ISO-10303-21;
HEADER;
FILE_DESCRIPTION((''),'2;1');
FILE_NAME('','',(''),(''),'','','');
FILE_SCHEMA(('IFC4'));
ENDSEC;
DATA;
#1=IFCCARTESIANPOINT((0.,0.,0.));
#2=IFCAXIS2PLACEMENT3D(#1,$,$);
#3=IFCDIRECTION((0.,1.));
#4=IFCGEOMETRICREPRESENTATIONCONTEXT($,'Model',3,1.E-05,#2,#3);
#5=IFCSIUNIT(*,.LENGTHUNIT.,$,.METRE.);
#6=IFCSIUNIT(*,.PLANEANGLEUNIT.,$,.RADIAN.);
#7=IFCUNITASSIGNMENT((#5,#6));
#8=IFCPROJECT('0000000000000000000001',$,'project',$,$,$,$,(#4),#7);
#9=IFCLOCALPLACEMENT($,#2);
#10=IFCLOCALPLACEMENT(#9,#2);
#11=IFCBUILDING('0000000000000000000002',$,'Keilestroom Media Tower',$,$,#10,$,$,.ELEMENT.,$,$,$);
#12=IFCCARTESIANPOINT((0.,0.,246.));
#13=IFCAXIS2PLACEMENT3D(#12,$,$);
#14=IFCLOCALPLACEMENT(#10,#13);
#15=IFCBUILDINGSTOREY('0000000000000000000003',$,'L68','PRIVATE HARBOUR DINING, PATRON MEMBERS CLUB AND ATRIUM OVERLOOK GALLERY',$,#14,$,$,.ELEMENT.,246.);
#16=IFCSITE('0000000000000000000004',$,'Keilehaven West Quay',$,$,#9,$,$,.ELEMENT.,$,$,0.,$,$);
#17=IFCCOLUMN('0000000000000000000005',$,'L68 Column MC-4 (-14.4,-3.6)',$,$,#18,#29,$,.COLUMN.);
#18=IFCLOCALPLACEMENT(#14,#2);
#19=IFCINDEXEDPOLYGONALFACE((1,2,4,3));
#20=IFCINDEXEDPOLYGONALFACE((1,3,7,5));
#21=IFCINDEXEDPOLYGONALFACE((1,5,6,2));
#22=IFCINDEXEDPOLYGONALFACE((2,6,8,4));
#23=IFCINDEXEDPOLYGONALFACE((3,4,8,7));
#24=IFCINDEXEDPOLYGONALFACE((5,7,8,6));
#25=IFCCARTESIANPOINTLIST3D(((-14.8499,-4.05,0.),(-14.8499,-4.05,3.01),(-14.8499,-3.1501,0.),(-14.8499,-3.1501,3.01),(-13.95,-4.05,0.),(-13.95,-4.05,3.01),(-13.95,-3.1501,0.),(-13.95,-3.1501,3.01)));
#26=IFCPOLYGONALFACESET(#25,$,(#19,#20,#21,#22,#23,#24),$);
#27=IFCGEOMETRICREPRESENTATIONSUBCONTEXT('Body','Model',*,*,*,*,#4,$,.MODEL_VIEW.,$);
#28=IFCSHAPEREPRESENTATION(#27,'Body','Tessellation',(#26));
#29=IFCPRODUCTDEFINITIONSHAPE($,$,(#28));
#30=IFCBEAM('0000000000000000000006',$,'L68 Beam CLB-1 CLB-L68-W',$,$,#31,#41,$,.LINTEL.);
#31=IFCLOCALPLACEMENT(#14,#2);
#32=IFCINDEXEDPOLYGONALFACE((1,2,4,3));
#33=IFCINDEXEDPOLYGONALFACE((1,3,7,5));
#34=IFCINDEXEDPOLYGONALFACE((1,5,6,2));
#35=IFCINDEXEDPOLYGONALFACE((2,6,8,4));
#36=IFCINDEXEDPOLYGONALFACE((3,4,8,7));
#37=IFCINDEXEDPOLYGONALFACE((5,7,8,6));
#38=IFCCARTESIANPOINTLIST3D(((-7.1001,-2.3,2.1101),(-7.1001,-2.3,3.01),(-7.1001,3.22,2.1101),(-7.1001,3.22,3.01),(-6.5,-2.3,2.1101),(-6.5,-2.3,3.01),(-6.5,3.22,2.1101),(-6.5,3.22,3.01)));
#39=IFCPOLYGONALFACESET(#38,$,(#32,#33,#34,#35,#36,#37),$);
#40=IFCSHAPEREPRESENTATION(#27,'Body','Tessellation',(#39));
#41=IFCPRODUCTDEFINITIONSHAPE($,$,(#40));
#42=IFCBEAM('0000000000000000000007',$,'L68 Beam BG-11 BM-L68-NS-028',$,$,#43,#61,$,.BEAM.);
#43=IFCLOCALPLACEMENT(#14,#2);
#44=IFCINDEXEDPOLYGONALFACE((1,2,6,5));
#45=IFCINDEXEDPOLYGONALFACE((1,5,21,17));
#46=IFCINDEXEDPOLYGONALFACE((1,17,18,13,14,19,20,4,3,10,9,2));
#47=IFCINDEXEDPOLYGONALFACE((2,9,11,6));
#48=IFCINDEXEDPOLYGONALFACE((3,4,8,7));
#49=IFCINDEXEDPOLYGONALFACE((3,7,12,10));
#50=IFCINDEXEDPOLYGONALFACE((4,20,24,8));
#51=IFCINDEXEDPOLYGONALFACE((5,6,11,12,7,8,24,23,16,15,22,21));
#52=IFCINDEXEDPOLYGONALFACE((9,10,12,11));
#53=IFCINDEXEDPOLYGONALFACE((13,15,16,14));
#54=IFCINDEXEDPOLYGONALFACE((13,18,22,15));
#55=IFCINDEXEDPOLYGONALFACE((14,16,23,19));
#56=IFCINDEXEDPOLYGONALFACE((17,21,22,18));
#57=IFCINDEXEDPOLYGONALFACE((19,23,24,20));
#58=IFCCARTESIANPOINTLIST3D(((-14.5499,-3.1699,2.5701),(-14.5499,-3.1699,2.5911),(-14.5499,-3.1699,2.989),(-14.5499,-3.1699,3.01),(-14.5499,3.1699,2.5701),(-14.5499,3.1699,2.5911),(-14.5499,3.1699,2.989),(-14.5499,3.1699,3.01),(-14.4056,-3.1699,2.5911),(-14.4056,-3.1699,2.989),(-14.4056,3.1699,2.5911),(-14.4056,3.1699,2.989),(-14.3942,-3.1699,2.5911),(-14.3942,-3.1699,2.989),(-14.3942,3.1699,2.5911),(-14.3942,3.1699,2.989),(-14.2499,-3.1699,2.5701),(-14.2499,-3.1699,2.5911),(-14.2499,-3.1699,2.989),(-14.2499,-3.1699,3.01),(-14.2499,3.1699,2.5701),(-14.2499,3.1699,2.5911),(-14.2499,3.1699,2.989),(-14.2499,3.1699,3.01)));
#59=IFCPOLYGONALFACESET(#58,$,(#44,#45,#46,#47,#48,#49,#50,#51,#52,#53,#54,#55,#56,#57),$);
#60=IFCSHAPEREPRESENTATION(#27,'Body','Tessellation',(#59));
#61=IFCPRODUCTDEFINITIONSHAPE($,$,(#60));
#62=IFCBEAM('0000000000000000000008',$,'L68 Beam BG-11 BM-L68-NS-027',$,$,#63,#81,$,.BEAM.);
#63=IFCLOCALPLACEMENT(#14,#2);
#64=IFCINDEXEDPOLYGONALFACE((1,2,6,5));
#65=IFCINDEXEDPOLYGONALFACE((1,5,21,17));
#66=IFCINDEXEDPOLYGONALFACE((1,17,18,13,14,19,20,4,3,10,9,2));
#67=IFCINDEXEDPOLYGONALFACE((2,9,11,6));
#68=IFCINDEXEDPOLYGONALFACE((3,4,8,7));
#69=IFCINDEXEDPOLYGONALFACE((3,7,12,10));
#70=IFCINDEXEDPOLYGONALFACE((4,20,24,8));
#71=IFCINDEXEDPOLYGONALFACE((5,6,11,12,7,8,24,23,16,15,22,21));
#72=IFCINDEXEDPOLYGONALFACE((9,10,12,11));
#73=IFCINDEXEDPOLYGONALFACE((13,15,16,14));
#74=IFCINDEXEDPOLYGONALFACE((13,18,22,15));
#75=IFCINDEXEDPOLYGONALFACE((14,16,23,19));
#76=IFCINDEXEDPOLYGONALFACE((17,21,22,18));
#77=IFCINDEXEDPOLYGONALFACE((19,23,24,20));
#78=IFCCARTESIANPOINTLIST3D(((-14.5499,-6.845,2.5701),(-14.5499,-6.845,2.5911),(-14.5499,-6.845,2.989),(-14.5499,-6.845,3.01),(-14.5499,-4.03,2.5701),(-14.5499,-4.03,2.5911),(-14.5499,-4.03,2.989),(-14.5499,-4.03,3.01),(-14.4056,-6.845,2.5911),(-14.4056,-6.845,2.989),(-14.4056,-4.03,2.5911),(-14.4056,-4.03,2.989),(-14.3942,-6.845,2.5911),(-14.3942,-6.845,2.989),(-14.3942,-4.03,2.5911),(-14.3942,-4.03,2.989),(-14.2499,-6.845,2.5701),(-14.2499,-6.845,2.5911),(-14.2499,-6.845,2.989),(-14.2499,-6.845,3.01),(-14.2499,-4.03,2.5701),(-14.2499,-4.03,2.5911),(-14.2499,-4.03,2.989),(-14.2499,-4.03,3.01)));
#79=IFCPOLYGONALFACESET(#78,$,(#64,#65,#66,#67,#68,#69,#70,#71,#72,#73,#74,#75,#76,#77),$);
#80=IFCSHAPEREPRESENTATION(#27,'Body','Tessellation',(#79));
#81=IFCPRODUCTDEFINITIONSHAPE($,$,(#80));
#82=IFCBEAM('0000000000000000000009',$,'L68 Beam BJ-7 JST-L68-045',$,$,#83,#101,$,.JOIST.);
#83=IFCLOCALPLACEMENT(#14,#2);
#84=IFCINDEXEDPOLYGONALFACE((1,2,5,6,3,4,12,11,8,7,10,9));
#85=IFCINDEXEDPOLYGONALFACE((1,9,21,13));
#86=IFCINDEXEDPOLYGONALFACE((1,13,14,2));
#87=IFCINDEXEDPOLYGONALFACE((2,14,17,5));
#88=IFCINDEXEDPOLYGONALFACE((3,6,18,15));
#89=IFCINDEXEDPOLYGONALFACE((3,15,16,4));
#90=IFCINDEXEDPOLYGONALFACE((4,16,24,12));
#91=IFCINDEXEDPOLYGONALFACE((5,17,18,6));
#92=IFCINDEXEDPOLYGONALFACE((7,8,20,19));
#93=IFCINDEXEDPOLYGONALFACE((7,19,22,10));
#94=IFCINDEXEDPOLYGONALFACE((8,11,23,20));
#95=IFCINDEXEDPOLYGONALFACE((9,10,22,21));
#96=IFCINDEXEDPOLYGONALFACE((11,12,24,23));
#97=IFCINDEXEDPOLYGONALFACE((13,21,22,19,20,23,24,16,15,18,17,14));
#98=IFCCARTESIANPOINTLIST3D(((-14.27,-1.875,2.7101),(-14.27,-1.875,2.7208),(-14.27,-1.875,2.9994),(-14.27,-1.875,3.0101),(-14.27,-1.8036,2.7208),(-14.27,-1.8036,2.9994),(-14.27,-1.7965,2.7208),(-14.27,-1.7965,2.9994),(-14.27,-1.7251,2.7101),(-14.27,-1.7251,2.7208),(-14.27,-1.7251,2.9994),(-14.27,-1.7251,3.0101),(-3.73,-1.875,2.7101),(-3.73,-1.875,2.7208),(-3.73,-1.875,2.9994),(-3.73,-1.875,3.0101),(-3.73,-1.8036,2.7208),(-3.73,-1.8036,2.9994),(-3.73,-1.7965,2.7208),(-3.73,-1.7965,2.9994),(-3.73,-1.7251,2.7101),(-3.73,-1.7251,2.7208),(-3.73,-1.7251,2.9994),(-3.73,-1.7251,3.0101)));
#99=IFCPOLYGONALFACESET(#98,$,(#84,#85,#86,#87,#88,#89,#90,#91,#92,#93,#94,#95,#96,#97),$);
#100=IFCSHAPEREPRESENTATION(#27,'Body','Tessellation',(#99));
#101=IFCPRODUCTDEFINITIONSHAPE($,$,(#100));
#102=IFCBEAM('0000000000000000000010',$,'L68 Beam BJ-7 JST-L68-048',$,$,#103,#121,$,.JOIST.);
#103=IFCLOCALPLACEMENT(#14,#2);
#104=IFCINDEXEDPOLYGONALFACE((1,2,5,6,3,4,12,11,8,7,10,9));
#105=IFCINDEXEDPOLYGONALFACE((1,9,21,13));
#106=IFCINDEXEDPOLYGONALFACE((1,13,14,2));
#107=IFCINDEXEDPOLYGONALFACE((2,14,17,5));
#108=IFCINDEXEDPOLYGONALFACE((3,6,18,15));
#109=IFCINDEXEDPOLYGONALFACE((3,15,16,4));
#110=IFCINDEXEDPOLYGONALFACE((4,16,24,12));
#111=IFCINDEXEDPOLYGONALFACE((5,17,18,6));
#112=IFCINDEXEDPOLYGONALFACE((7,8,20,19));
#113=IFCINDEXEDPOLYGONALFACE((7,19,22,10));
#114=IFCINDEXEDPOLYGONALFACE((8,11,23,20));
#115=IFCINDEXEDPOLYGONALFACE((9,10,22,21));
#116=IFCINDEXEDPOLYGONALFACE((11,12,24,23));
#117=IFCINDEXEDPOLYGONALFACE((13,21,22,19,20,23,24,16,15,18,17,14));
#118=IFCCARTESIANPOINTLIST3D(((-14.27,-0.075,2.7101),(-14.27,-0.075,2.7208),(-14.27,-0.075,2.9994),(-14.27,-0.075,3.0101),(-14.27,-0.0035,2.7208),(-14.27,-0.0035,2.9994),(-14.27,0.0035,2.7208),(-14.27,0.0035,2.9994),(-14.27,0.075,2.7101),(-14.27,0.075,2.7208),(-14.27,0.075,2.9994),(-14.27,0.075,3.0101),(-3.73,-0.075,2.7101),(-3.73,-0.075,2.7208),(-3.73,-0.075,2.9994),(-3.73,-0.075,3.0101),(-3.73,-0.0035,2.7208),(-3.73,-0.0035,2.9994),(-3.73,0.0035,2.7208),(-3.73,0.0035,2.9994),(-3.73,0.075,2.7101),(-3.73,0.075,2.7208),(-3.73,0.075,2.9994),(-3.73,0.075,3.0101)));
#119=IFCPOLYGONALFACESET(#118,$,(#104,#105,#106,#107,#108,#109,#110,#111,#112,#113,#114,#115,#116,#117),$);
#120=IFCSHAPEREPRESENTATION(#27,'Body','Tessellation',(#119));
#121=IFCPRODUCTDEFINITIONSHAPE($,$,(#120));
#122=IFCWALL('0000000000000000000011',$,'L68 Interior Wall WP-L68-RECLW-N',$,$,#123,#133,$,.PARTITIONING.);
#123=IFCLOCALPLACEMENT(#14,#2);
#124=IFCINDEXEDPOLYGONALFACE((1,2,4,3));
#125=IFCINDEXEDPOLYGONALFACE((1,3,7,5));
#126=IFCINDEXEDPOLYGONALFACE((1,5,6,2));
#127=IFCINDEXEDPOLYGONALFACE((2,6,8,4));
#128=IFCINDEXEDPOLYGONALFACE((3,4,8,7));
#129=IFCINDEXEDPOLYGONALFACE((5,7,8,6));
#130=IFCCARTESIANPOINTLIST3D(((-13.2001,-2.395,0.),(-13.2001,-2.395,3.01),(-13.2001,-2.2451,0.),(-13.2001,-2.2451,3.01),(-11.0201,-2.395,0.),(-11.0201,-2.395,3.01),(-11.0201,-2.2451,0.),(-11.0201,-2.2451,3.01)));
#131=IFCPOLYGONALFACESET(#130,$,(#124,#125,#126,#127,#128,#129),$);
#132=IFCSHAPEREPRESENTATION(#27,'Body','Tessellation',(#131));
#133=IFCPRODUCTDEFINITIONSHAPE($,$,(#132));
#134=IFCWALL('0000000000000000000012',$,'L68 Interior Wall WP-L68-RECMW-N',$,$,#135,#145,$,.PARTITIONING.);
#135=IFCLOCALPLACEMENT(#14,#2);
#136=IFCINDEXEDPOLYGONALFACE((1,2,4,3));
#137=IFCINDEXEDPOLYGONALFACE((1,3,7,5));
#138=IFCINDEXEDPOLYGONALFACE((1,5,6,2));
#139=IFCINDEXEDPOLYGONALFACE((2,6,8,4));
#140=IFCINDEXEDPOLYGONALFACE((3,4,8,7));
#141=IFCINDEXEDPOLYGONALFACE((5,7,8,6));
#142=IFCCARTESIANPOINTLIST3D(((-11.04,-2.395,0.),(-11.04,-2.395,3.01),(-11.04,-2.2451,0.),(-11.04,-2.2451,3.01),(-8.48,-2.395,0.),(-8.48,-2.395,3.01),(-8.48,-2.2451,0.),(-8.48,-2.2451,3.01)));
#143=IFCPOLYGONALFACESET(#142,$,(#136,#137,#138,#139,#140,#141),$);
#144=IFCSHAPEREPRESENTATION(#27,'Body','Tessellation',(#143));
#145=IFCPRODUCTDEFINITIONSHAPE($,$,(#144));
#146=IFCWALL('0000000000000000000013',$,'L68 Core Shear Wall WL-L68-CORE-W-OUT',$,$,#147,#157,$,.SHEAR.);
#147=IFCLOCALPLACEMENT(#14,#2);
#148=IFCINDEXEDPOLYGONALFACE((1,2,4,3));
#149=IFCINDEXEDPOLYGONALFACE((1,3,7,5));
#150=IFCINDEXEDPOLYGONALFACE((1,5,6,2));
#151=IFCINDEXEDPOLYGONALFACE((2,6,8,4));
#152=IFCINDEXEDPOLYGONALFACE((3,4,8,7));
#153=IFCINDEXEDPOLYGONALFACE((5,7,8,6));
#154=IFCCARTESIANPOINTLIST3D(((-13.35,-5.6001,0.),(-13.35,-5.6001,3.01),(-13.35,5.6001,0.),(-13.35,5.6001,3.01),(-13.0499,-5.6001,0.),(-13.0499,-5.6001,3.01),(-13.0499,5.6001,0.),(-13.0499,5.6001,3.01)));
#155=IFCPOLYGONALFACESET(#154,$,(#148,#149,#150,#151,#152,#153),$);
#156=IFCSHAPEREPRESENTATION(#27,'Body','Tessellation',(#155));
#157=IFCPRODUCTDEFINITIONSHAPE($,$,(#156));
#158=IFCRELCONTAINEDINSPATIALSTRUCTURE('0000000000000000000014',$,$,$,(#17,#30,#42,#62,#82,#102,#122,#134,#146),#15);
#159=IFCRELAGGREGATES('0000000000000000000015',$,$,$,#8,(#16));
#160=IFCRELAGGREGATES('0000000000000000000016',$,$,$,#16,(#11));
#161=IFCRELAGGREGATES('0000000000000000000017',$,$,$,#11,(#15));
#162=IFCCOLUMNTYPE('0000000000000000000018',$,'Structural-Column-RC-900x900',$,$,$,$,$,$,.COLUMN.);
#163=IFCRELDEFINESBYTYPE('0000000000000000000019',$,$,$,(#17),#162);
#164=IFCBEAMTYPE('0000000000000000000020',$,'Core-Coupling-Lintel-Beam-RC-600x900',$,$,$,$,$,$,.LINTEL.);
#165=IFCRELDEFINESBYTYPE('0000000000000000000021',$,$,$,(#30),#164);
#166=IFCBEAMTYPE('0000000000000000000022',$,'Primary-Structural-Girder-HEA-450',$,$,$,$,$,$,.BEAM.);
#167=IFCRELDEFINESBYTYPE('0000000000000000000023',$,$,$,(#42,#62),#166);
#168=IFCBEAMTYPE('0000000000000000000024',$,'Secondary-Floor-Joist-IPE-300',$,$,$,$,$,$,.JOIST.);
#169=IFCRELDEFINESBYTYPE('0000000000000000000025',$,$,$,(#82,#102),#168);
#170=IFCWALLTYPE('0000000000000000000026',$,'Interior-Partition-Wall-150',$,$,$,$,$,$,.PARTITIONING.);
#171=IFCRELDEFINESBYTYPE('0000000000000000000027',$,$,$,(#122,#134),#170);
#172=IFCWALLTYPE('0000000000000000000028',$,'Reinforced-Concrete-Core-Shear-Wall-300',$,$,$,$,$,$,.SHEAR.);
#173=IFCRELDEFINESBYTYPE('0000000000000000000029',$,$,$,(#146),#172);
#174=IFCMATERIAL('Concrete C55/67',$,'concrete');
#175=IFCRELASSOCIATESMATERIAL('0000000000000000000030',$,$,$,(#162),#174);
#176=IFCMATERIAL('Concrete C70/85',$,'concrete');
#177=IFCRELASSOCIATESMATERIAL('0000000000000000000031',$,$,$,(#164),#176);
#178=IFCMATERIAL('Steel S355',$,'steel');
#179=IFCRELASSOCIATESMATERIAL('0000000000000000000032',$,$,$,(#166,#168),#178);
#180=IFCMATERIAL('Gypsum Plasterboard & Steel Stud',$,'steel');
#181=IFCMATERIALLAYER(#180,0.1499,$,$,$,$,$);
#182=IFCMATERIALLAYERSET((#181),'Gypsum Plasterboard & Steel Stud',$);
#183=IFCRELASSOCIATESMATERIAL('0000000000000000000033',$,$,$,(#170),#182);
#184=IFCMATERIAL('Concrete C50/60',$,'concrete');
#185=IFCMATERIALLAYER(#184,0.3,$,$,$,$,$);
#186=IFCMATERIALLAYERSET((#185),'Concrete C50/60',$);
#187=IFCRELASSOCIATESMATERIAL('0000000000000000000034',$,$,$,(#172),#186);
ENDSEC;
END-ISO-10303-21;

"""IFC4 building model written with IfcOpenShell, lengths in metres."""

from ifc_helpers import new_model, si_unit, direction, frame, frame_2d, origin, origin_2d, place, context, subcontext, project, spatial, rectangle, i_section, extrude, source, transform, mapped, material, layer, layer_set, material_profile, profile_set, type_object, element, save


model = new_model("IFC4")

# Units and contexts
model_context = context("Model", 3, precision=1e-05, world=origin(), true_north=direction((0.0, 1.0)))
body_context = subcontext(model_context, "Body", "Model", "MODEL_VIEW")
ifc_project = project(units=[si_unit("LENGTHUNIT", "METRE"), si_unit("PLANEANGLEUNIT", "RADIAN")], contexts=[model_context])

# Site, building, storey
site_placement = place(None, origin())
site = spatial("IfcSite", under=ifc_project, at=site_placement, Name="Keilehaven West Quay", CompositionType="ELEMENT", RefElevation=0.0)
building_placement = place(site_placement, origin())
building = spatial("IfcBuilding", under=site, at=building_placement, Name="Keilestroom Media Tower", CompositionType="ELEMENT")
storey_placement = place(building_placement, frame((0.0, 0.0, 246.0)))
storey = spatial("IfcBuildingStorey", under=building, at=storey_placement, Name="L68", Description="PRIVATE HARBOUR DINING, PATRON MEMBERS CLUB AND ATRIUM OVERLOOK GALLERY", CompositionType="ELEMENT", Elevation=246.0)

# Column
ifc_material_1 = material(Name="Concrete C55/67", Category="concrete")
ifc_material_profile_1 = material_profile(ifc_material_1, rectangle(XDim=0.8999, YDim=0.8999, at=origin_2d()), Name="RC 900x900")
ifc_profile_set_1 = profile_set([ifc_material_profile_1], Name="Concrete C55/67")
column_type = type_object("IfcColumnType", Name="Structural-Column-RC-900x900", PredefinedType="COLUMN", material=ifc_profile_set_1)
shared_shape_1 = source(origin(), body_context, "Body", "SweptSolid", [
    extrude(rectangle(XDim=0.8999, YDim=0.8999, at=origin_2d()), origin(), (0.0, 0.0, 1.0), 3.01),
])
column_placement = place(storey_placement, frame((-14.3999, -3.6001, 0.0), z_axis=(0.0, 0.0, 1.0), x_axis=(1.0, 0.0, 0.0)))
element("IfcColumn", 1, at=column_placement, inside=storey, type_object=column_type, Name="L68 Column MC-4 (-14.4,-3.6)", PredefinedType="COLUMN", context=body_context, shape_type="MappedRepresentation", body=[
    mapped(shared_shape_1, transform((0.0, 0.0, 0.0), x_axis=(1.0, 0.0, 0.0), y_axis=(0.0, 1.0, 0.0), z_axis=(0.0, 0.0, 1.0), scale=1.0)),
])

# Beams
ifc_material_2 = material(Name="Concrete C70/85", Category="concrete")
ifc_material_profile_2 = material_profile(ifc_material_2, rectangle(XDim=0.6001, YDim=0.8999, at=origin_2d()), Name="RC 600x900")
ifc_profile_set_2 = profile_set([ifc_material_profile_2], Name="Concrete C70/85")
beam_type_1 = type_object("IfcBeamType", Name="Core-Coupling-Lintel-Beam-RC-600x900", PredefinedType="LINTEL", material=ifc_profile_set_2)
shared_shape_2 = source(origin(), body_context, "Body", "SweptSolid", [
    extrude(rectangle(XDim=0.6001, YDim=0.8999, at=origin_2d()), origin(), (0.0, 0.0, 1.0), 5.52),
])
beam_1_placement = place(storey_placement, frame((-6.8, -2.3, 2.5601), z_axis=(0.0, 1.0, 0.0), x_axis=(-1.0, 0.0, 0.0)))
element("IfcBeam", 2, at=beam_1_placement, inside=storey, type_object=beam_type_1, Name="L68 Beam CLB-1 CLB-L68-W", PredefinedType="LINTEL", context=body_context, shape_type="MappedRepresentation", body=[
    mapped(shared_shape_2, transform((0.0, 0.0, 0.0), x_axis=(1.0, 0.0, 0.0), y_axis=(0.0, 1.0, 0.0), z_axis=(0.0, 0.0, 1.0), scale=1.0)),
])
ifc_material_3 = material(Name="Steel S355", Category="steel")
ifc_material_profile_3 = material_profile(ifc_material_3, i_section(OverallWidth=0.3, OverallDepth=0.4399, WebThickness=0.0115, FlangeThickness=0.021, at=origin_2d()), Name="HEA 450")
ifc_profile_set_3 = profile_set([ifc_material_profile_3], Name="Steel S355")
beam_type_2 = type_object("IfcBeamType", Name="Primary-Structural-Girder-HEA-450", PredefinedType="BEAM", material=ifc_profile_set_3)
shared_shape_3 = source(origin(), body_context, "Body", "SweptSolid", [
    extrude(i_section(OverallWidth=0.3, OverallDepth=0.4399, WebThickness=0.0115, FlangeThickness=0.021, at=origin_2d()), origin(), (0.0, 0.0, 1.0), 6.3398),
])
beam_2_placement = place(storey_placement, frame((-14.3999, -3.1699, 2.79), z_axis=(0.0, 1.0, 0.0), x_axis=(-1.0, 0.0, 0.0)))
element("IfcBeam", 3, at=beam_2_placement, inside=storey, type_object=beam_type_2, Name="L68 Beam BG-11 BM-L68-NS-028", PredefinedType="BEAM", context=body_context, shape_type="MappedRepresentation", body=[
    mapped(shared_shape_3, transform((0.0, 0.0, 0.0), x_axis=(1.0, 0.0, 0.0), y_axis=(0.0, 1.0, 0.0), z_axis=(0.0, 0.0, 1.0), scale=1.0)),
])
shared_shape_4 = source(origin(), body_context, "Body", "SweptSolid", [
    extrude(i_section(OverallWidth=0.3, OverallDepth=0.4399, WebThickness=0.0115, FlangeThickness=0.021, at=origin_2d()), origin(), (0.0, 0.0, 1.0), 2.8149),
])
beam_3_placement = place(storey_placement, frame((-14.3999, -6.845, 2.79), z_axis=(0.0, 1.0, 0.0), x_axis=(-1.0, 0.0, 0.0)))
element("IfcBeam", 4, at=beam_3_placement, inside=storey, type_object=beam_type_2, Name="L68 Beam BG-11 BM-L68-NS-027", PredefinedType="BEAM", context=body_context, shape_type="MappedRepresentation", body=[
    mapped(shared_shape_4, transform((0.0, 0.0, 0.0), x_axis=(1.0, 0.0, 0.0), y_axis=(0.0, 1.0, 0.0), z_axis=(0.0, 0.0, 1.0), scale=1.0)),
])
ifc_material_profile_4 = material_profile(ifc_material_3, i_section(OverallWidth=0.1499, OverallDepth=0.3, WebThickness=0.0071, FlangeThickness=0.0107, at=origin_2d()), Name="IPE 300")
ifc_profile_set_4 = profile_set([ifc_material_profile_4], Name="Steel S355")
beam_type_3 = type_object("IfcBeamType", Name="Secondary-Floor-Joist-IPE-300", PredefinedType="JOIST", material=ifc_profile_set_4)
shared_shape_5 = source(origin(), body_context, "Body", "SweptSolid", [
    extrude(i_section(OverallWidth=0.1499, OverallDepth=0.3, WebThickness=0.0071, FlangeThickness=0.0107, at=origin_2d()), origin(), (0.0, 0.0, 1.0), 10.54),
])
for number, where, z_axis, x_axis, name in (
    (5, (-14.27, -1.8, 2.8601), (1.0, 0.0, 0.0), (0.0, 1.0, 0.0), "L68 Beam BJ-7 JST-L68-045"),
    (6, (-14.27, 0.0, 2.8601), (1.0, 0.0, 0.0), (0.0, 1.0, 0.0), "L68 Beam BJ-7 JST-L68-048"),
):
    element("IfcBeam", number, at=place(storey_placement, frame(where, z_axis=z_axis, x_axis=x_axis)), inside=storey, type_object=beam_type_3, Name=name, PredefinedType="JOIST", context=body_context, shape_type="MappedRepresentation", body=[
        mapped(shared_shape_5, transform((0.0, 0.0, 0.0), x_axis=(1.0, 0.0, 0.0), y_axis=(0.0, 1.0, 0.0), z_axis=(0.0, 0.0, 1.0), scale=1.0)),
    ])

# Walls
ifc_material_4 = material(Name="Gypsum Plasterboard & Steel Stud", Category="steel")
ifc_layer_1 = layer(ifc_material_4, 0.1499)
ifc_layer_set_1 = layer_set([ifc_layer_1], Name="Gypsum Plasterboard & Steel Stud")
wall_type_1 = type_object("IfcWallType", Name="Interior-Partition-Wall-150", PredefinedType="PARTITIONING", material=ifc_layer_set_1)
wall_1_placement = place(storey_placement, frame((-13.2, -2.3201, 0.0), z_axis=(0.0, 0.0, 1.0), x_axis=(1.0, 0.0, 0.0)))
element("IfcWall", 7, at=wall_1_placement, inside=storey, type_object=wall_type_1, Name="L68 Interior Wall WP-L68-RECLW-N", PredefinedType="PARTITIONING", context=body_context, shape_type="SweptSolid", body=[
    extrude(rectangle(XDim=2.1799, YDim=0.1499, at=frame_2d((1.0898, 0.0))), origin(), (0.0, 0.0, 1.0), 3.01),
])
wall_2_placement = place(storey_placement, frame((-11.04, -2.3201, 0.0), z_axis=(0.0, 0.0, 1.0), x_axis=(1.0, 0.0, 0.0)))
element("IfcWall", 8, at=wall_2_placement, inside=storey, type_object=wall_type_1, Name="L68 Interior Wall WP-L68-RECMW-N", PredefinedType="PARTITIONING", context=body_context, shape_type="SweptSolid", body=[
    extrude(rectangle(XDim=2.5601, YDim=0.1499, at=frame_2d((1.28, 0.0))), origin(), (0.0, 0.0, 1.0), 3.01),
])
ifc_material_5 = material(Name="Concrete C50/60", Category="concrete")
ifc_layer_2 = layer(ifc_material_5, 0.3)
ifc_layer_set_2 = layer_set([ifc_layer_2], Name="Concrete C50/60")
wall_type_2 = type_object("IfcWallType", Name="Reinforced-Concrete-Core-Shear-Wall-300", PredefinedType="SHEAR", material=ifc_layer_set_2)
wall_3_placement = place(storey_placement, frame((-13.2, -5.6001, 0.0), z_axis=(0.0, 0.0, 1.0), x_axis=(0.0, 1.0, 0.0)))
element("IfcWall", 9, at=wall_3_placement, inside=storey, type_object=wall_type_2, Name="L68 Core Shear Wall WL-L68-CORE-W-OUT", PredefinedType="SHEAR", context=body_context, shape_type="SweptSolid", body=[
    extrude(rectangle(XDim=11.2002, YDim=0.3, at=frame_2d((5.6001, 0.0))), origin(), (0.0, 0.0, 1.0), 3.01),
])

save(model, "model.ifc")
